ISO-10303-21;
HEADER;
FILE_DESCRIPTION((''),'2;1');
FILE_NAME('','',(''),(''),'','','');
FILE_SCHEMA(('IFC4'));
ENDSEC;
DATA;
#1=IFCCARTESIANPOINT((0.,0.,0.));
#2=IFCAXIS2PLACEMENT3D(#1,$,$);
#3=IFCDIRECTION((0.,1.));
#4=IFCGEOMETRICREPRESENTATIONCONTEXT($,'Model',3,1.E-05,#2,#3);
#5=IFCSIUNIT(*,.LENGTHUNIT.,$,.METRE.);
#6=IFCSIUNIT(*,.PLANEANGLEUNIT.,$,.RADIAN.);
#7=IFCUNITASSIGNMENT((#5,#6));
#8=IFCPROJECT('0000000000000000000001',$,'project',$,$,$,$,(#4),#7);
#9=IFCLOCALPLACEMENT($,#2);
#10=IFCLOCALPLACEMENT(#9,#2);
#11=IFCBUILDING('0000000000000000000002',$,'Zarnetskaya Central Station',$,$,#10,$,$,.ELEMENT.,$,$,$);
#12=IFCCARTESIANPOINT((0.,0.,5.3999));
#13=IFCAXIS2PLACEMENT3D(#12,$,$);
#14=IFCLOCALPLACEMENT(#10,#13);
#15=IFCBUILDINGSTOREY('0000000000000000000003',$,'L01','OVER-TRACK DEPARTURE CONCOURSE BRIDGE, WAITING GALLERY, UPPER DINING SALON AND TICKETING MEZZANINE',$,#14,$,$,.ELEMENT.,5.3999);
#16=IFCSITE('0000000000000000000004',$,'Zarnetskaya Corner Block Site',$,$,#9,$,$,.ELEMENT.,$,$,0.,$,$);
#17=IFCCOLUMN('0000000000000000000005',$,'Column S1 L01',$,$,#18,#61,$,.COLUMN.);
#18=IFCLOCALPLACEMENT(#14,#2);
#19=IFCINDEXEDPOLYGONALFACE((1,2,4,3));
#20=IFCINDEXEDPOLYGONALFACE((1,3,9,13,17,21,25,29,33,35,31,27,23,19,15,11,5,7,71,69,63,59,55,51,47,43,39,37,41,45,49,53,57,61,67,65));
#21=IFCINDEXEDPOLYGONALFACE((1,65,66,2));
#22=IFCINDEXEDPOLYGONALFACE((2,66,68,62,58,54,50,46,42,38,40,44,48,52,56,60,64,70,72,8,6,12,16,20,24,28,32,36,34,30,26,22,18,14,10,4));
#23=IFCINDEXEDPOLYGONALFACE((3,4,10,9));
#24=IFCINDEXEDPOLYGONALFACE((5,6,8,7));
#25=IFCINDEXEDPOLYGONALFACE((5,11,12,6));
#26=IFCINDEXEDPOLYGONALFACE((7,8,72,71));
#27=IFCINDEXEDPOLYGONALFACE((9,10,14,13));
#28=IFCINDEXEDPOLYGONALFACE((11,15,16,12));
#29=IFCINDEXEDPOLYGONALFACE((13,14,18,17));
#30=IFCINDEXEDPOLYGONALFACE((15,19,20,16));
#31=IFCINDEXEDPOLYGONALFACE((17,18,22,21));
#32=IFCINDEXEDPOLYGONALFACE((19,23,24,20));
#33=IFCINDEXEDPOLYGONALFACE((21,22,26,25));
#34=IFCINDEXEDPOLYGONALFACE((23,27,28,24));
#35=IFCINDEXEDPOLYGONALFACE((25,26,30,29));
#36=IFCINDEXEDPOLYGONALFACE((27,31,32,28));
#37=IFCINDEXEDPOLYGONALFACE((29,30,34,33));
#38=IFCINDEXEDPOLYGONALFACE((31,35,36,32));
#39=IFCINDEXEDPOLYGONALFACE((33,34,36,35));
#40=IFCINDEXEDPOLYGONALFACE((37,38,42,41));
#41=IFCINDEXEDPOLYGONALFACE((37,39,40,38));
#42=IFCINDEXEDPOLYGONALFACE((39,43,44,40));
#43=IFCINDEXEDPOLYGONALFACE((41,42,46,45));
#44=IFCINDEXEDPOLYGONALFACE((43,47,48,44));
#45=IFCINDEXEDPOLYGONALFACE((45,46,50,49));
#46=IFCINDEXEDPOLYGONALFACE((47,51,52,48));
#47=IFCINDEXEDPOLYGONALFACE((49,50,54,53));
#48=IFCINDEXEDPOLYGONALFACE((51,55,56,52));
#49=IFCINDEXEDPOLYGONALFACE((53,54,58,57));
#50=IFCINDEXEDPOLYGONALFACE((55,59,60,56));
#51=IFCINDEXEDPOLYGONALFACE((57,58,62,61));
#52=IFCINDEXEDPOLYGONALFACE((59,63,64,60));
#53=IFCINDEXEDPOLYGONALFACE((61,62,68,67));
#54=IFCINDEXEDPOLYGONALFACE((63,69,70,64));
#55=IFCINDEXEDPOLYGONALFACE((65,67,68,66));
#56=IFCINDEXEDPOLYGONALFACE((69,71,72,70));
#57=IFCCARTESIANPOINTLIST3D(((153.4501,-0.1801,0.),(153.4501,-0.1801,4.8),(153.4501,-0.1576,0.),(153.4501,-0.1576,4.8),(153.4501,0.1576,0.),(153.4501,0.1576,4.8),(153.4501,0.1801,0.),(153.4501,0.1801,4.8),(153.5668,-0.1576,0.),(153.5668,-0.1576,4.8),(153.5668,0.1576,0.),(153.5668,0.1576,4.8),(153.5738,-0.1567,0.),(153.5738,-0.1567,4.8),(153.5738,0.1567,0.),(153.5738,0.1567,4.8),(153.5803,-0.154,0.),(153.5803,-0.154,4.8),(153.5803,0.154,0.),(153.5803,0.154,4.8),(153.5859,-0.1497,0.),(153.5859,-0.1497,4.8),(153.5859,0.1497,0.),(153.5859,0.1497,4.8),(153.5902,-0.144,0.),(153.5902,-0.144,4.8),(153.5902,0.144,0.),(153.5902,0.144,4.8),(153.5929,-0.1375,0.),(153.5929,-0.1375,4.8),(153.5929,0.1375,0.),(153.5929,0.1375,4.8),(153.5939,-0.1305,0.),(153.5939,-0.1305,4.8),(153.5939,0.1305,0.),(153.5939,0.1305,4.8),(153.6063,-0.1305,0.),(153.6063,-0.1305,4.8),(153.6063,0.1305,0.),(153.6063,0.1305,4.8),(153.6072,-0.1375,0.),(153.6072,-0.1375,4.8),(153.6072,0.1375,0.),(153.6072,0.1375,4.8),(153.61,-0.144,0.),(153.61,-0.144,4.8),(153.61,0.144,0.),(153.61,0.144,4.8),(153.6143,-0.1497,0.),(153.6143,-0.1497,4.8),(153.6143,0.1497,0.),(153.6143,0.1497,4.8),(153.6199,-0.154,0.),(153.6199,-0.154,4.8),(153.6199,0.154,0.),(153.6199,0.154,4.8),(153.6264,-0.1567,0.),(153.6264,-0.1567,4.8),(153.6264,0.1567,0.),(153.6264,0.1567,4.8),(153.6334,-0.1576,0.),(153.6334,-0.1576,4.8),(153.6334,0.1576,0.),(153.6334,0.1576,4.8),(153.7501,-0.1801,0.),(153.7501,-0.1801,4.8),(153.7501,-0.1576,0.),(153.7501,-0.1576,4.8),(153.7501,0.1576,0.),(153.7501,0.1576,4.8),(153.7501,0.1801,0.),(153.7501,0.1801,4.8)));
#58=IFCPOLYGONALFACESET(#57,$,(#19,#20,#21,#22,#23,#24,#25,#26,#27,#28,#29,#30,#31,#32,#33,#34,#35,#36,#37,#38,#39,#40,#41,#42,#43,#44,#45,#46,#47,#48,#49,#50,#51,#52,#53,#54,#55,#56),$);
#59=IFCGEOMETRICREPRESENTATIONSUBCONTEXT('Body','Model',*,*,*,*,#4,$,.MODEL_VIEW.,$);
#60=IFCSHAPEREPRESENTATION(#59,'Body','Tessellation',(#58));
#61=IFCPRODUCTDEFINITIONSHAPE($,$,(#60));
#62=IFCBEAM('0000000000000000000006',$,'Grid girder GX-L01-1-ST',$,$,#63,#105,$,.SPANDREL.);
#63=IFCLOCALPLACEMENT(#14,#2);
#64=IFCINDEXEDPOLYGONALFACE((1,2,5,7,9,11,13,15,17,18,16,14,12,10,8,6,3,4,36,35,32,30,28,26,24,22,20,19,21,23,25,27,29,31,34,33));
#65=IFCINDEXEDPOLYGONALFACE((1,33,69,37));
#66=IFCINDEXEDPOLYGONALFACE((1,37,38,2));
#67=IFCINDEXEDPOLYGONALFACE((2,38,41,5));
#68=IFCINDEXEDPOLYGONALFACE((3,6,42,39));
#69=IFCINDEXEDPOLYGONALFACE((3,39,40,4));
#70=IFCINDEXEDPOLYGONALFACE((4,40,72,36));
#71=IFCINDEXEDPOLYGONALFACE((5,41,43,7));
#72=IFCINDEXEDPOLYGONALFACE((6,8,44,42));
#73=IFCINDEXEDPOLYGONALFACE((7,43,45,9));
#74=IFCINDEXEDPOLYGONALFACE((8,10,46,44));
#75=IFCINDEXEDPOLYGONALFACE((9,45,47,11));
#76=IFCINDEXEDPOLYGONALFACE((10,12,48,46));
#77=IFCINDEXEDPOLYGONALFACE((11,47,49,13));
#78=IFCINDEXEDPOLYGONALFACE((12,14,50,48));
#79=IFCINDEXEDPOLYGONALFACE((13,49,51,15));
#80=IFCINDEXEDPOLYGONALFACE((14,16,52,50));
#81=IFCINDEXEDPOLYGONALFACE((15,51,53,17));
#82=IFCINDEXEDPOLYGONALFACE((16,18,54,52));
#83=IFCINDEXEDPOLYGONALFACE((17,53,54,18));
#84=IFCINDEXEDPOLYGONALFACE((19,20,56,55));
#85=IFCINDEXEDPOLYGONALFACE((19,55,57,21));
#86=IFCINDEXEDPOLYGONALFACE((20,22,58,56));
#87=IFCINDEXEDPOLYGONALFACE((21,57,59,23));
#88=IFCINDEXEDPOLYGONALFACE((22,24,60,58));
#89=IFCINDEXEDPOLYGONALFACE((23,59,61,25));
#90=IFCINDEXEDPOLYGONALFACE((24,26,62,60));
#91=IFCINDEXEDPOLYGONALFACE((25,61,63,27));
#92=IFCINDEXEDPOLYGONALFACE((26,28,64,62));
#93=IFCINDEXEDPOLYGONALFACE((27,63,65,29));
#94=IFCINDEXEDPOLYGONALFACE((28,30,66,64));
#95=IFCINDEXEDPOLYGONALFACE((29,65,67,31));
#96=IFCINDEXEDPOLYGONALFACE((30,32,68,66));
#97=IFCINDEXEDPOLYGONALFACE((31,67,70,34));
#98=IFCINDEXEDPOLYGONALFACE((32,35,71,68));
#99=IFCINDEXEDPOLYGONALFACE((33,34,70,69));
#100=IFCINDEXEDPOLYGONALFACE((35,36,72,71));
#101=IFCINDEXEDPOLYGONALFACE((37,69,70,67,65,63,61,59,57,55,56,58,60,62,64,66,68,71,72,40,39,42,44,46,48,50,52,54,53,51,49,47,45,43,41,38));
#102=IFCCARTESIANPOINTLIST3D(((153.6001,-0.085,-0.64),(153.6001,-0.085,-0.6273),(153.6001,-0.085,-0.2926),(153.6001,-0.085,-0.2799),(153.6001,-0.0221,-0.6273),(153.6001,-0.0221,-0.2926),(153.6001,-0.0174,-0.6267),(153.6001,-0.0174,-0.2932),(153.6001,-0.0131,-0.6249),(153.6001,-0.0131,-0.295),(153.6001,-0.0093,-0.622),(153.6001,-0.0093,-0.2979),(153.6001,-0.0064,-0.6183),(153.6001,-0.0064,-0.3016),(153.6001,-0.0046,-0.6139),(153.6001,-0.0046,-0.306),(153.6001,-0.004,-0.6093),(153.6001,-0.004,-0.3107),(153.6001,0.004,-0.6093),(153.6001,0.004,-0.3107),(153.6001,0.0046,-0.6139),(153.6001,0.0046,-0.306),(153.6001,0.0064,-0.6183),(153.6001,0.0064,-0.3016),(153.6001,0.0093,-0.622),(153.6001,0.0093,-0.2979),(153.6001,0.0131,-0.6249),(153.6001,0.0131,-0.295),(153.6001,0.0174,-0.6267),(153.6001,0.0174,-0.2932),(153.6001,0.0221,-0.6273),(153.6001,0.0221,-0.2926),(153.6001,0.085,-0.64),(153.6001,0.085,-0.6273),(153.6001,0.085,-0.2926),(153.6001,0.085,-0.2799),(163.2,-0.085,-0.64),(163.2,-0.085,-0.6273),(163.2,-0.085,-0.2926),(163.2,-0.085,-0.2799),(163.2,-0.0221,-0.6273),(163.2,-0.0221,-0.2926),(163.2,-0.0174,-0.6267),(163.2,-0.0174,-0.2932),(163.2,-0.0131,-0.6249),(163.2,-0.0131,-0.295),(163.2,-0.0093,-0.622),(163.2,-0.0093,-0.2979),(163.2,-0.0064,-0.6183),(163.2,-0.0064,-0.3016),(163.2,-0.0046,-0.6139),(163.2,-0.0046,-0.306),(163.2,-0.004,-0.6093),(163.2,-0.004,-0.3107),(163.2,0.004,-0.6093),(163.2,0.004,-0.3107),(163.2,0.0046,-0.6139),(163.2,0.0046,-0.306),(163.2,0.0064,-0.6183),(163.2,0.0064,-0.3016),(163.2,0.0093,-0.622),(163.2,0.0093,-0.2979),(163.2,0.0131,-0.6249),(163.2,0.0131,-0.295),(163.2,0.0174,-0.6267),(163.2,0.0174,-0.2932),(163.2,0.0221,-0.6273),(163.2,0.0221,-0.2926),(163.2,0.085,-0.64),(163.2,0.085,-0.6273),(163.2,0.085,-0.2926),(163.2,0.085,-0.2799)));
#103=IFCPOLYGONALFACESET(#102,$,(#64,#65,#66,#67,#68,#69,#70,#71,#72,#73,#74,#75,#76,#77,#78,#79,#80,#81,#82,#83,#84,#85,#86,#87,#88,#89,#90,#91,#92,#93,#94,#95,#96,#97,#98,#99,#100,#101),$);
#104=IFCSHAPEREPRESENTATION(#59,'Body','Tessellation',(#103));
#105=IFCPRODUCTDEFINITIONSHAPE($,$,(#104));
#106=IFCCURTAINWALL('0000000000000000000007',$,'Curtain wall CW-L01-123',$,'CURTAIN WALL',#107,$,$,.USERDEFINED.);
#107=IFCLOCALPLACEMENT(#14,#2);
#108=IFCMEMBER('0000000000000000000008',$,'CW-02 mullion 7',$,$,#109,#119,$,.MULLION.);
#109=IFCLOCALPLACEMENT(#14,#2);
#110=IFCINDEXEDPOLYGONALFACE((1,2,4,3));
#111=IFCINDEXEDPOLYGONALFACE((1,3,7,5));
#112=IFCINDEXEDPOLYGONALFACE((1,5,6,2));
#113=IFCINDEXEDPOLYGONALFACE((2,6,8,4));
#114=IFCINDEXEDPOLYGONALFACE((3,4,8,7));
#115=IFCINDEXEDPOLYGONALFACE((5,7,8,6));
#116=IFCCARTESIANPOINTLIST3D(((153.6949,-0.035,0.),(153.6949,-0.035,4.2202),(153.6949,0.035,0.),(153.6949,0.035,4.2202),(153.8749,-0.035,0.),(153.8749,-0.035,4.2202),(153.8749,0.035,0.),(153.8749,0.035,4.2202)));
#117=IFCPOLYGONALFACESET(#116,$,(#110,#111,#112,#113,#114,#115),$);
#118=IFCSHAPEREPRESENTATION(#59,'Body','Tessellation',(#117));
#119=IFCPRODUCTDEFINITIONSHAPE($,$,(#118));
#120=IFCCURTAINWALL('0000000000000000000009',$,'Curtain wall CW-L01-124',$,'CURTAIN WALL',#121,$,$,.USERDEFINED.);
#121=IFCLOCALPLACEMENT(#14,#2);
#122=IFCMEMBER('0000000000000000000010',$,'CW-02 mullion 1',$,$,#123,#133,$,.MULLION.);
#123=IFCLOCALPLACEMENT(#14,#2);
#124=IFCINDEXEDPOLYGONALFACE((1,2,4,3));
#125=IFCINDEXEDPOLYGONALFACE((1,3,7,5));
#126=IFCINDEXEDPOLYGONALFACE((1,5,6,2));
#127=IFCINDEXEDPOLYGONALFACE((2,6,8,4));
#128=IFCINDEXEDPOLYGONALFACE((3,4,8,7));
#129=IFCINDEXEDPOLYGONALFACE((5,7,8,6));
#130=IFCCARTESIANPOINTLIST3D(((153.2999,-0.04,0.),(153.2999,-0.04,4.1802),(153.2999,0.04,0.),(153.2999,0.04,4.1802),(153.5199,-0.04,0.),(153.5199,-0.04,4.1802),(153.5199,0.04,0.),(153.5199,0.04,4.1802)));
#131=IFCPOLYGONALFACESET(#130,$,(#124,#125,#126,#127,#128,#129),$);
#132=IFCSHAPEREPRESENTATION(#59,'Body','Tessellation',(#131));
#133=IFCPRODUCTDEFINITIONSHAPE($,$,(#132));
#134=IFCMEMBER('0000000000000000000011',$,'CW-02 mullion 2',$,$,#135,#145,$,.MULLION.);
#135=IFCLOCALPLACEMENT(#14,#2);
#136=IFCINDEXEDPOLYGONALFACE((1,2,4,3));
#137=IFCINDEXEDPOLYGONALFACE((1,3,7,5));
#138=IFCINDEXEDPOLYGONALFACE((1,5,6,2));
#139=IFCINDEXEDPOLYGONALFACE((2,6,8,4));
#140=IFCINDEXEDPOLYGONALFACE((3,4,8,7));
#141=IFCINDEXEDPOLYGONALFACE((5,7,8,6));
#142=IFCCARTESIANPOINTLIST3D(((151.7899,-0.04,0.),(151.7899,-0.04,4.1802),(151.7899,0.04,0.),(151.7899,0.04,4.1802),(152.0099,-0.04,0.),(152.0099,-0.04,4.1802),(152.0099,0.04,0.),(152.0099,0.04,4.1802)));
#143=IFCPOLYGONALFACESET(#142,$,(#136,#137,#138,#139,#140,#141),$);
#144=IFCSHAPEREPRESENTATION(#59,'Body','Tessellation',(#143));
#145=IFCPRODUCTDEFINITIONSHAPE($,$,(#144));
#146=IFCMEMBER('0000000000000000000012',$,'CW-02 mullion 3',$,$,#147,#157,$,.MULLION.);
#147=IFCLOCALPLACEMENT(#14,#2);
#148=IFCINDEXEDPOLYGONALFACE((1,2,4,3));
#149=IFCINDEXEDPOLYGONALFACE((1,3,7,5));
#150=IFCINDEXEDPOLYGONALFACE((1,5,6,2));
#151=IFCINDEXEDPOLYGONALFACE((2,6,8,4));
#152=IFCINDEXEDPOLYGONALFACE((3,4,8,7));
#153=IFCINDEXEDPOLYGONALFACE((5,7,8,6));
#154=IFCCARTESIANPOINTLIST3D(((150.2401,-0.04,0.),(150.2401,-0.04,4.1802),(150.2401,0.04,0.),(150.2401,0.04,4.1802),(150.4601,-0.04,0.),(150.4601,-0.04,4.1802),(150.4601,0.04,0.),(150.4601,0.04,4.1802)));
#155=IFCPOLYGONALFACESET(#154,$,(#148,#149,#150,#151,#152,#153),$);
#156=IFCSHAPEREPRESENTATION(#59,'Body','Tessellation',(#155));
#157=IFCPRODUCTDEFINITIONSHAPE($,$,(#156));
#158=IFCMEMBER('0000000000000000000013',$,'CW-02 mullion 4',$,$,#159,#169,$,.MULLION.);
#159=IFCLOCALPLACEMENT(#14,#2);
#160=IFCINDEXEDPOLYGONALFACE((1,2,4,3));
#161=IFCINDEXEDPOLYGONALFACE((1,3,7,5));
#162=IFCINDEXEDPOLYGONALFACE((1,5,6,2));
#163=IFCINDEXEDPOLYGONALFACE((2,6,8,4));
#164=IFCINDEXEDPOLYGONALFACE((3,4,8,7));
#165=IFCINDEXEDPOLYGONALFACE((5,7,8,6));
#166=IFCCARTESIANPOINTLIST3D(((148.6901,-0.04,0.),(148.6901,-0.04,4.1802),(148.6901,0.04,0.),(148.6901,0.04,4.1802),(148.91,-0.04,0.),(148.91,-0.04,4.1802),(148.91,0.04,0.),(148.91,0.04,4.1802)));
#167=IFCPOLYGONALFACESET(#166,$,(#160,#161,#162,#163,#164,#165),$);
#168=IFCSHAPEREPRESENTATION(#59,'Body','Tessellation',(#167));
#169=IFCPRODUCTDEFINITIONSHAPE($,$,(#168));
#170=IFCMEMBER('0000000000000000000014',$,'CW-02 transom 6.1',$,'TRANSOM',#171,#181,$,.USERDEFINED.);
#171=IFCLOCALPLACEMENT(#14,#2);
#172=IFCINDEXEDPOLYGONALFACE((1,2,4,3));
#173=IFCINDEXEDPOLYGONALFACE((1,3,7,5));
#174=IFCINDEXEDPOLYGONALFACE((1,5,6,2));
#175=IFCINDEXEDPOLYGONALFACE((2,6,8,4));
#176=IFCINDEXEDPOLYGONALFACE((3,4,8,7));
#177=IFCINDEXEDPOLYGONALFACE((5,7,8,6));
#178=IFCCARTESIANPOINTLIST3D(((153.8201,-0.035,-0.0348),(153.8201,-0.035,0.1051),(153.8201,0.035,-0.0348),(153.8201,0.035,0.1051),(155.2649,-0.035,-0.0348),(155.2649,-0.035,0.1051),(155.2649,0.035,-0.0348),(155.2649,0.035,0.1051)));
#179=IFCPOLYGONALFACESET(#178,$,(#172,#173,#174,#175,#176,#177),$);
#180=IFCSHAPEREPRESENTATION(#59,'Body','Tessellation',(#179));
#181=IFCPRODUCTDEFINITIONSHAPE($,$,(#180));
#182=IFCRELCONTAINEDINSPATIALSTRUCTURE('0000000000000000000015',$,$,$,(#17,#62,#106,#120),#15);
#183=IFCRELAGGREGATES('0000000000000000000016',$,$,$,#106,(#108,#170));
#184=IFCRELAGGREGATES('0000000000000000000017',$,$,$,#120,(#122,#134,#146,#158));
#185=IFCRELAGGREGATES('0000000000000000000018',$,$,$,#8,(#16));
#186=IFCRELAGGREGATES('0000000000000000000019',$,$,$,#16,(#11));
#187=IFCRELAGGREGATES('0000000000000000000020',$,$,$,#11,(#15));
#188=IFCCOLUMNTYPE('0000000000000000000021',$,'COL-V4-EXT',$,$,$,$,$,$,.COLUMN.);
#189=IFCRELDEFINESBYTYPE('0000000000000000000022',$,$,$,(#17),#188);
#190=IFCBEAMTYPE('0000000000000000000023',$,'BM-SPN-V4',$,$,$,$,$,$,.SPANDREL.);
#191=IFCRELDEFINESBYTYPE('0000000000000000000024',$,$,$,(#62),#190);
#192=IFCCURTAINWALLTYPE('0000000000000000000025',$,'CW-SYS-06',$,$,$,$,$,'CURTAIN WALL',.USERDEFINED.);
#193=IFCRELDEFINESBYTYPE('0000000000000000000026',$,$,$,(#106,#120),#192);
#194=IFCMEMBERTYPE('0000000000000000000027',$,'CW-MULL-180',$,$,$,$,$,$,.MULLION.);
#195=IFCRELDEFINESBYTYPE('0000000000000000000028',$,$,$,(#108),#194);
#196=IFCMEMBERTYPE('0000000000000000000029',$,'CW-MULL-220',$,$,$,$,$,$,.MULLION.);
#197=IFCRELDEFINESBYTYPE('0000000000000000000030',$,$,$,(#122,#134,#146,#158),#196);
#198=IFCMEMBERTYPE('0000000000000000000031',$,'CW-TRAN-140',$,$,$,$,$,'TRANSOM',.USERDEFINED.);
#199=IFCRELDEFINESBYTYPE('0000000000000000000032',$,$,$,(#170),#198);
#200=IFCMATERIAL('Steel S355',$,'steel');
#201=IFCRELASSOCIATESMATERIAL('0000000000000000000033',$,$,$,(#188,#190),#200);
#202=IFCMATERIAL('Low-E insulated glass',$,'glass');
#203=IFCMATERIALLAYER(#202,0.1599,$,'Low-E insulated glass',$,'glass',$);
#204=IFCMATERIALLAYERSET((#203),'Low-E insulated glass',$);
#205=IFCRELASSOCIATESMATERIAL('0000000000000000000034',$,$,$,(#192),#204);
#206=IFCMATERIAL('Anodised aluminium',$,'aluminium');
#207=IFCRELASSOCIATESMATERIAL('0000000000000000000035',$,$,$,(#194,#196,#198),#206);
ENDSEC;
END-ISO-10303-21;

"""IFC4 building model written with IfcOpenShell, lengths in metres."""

from ifc_helpers import new_model, si_unit, direction, frame, origin, origin_2d, place, context, subcontext, project, spatial, rectangle, i_section, extrude, material, layer, layer_set, material_profile, profile_set, type_object, element, aggregate, save


model = new_model("IFC4")

# Units and contexts
model_context = context("Model", 3, precision=1e-05, world=origin(), true_north=direction((0.0, 1.0)))
body_context = subcontext(model_context, "Body", "Model", "MODEL_VIEW")
ifc_project = project(units=[si_unit("LENGTHUNIT", "METRE"), si_unit("PLANEANGLEUNIT", "RADIAN")], contexts=[model_context])

# Site, building, storey
site_placement = place(None, origin())
site = spatial("IfcSite", under=ifc_project, at=site_placement, Name="Zarnetskaya Corner Block Site", CompositionType="ELEMENT", RefElevation=0.0)
building_placement = place(site_placement, origin())
building = spatial("IfcBuilding", under=site, at=building_placement, Name="Zarnetskaya Central Station", CompositionType="ELEMENT")
storey_placement = place(building_placement, frame((0.0, 0.0, 5.3999)))
storey = spatial("IfcBuildingStorey", under=building, at=storey_placement, Name="L01", Description="OVER-TRACK DEPARTURE CONCOURSE BRIDGE, WAITING GALLERY, UPPER DINING SALON AND TICKETING MEZZANINE", CompositionType="ELEMENT", Elevation=5.3999)

# Column
ifc_material_1 = material(Name="Steel S355", Category="steel")
ifc_material_profile_1 = material_profile(ifc_material_1, i_section(OverallWidth=0.3, OverallDepth=0.3601, WebThickness=0.0125, FlangeThickness=0.0225, FilletRadius=0.0271, at=origin_2d()), Name="HEB 360")
ifc_profile_set_1 = profile_set([ifc_material_profile_1], Name="Steel S355")
column_type = type_object("IfcColumnType", Name="COL-V4-EXT", PredefinedType="COLUMN", material=ifc_profile_set_1)
column_placement = place(storey_placement, frame((153.6001, 0.0, 0.0), z_axis=(0.0, 0.0, 1.0), x_axis=(1.0, 0.0, 0.0)))
element("IfcColumn", 1, at=column_placement, inside=storey, type_object=column_type, Name="Column S1 L01", PredefinedType="COLUMN", context=body_context, shape_type="SweptSolid", body=[
    extrude(i_section(OverallWidth=0.3, OverallDepth=0.3601, WebThickness=0.0125, FlangeThickness=0.0225, FilletRadius=0.0271, at=origin_2d()), origin(), (0.0, 0.0, 1.0), 4.8),
])

# Beam
ifc_material_profile_2 = material_profile(ifc_material_1, i_section(OverallWidth=0.1699, OverallDepth=0.3601, WebThickness=0.0081, FlangeThickness=0.0127, FilletRadius=0.0181, at=origin_2d()), Name="IPE 360")
ifc_profile_set_2 = profile_set([ifc_material_profile_2], Name="Steel S355")
beam_type_1 = type_object("IfcBeamType", Name="BM-SPN-V4", PredefinedType="SPANDREL", material=ifc_profile_set_2)
beam_1_placement = place(storey_placement, frame((153.6001, 0.0, -0.46), z_axis=(1.0, 0.0, 0.0), x_axis=(0.0, 1.0, 0.0)))
element("IfcBeam", 2, at=beam_1_placement, inside=storey, type_object=beam_type_1, Name="Grid girder GX-L01-1-ST", PredefinedType="SPANDREL", context=body_context, shape_type="SweptSolid", body=[
    extrude(i_section(OverallWidth=0.1699, OverallDepth=0.3601, WebThickness=0.0081, FlangeThickness=0.0127, FilletRadius=0.0181, at=origin_2d()), origin(), (0.0, 0.0, 1.0), 9.5999),
])

# Curtain wall, member
ifc_material_2 = material(Name="Low-E insulated glass", Category="glass")
ifc_layer_1 = layer(ifc_material_2, 0.1599, Name="Low-E insulated glass", Category="glass")
ifc_layer_set_1 = layer_set([ifc_layer_1], Name="Low-E insulated glass")
curtain_wall_type = type_object("IfcCurtainWallType", Name="CW-SYS-06", ElementType="CURTAIN WALL", PredefinedType="USERDEFINED", material=ifc_layer_set_1)
curtain_wall_1_placement = place(storey_placement, origin())
curtain_wall_1 = element("IfcCurtainWall", 3, at=curtain_wall_1_placement, inside=storey, type_object=curtain_wall_type, Name="Curtain wall CW-L01-123", ObjectType="CURTAIN WALL", PredefinedType="USERDEFINED")
ifc_material_3 = material(Name="Anodised aluminium", Category="aluminium")
ifc_material_profile_3 = material_profile(ifc_material_3, rectangle(XDim=0.0701, YDim=0.1799, at=origin_2d()), Name="ALU MULL 70x180")
ifc_profile_set_3 = profile_set([ifc_material_profile_3], Name="Anodised aluminium")
member_type_1 = type_object("IfcMemberType", Name="CW-MULL-180", PredefinedType="MULLION", material=ifc_profile_set_3)
member_1_placement = place(storey_placement, frame((153.7849, 0.0, 0.0), z_axis=(0.0, 0.0, 1.0), x_axis=(0.0, -1.0, 0.0)))
member_1 = element("IfcMember", 4, at=member_1_placement, type_object=member_type_1, Name="CW-02 mullion 7", PredefinedType="MULLION", context=body_context, shape_type="SweptSolid", body=[
    extrude(rectangle(XDim=0.0701, YDim=0.1799, at=origin_2d()), origin(), (0.0, 0.0, 1.0), 4.2202),
])

# Curtain wall, members
curtain_wall_2_placement = place(storey_placement, origin())
curtain_wall_2 = element("IfcCurtainWall", 5, at=curtain_wall_2_placement, inside=storey, type_object=curtain_wall_type, Name="Curtain wall CW-L01-124", ObjectType="CURTAIN WALL", PredefinedType="USERDEFINED")
ifc_material_profile_4 = material_profile(ifc_material_3, rectangle(XDim=0.0801, YDim=0.22, at=origin_2d()), Name="ALU MULL 80x220")
ifc_profile_set_4 = profile_set([ifc_material_profile_4], Name="Anodised aluminium")
member_type_2 = type_object("IfcMemberType", Name="CW-MULL-220", PredefinedType="MULLION", material=ifc_profile_set_4)
member_2_placement = place(storey_placement, frame((153.4099, 0.0, 0.0), z_axis=(0.0, 0.0, 1.0), x_axis=(0.0, -1.0, 0.0)))
member_2 = element("IfcMember", 6, at=member_2_placement, type_object=member_type_2, Name="CW-02 mullion 1", PredefinedType="MULLION", context=body_context, shape_type="SweptSolid", body=[
    extrude(rectangle(XDim=0.0801, YDim=0.22, at=origin_2d()), origin(), (0.0, 0.0, 1.0), 4.1802),
])
member_3_placement = place(storey_placement, frame((151.8999, 0.0, 0.0), z_axis=(0.0, 0.0, 1.0), x_axis=(0.0, -1.0, 0.0)))
member_3 = element("IfcMember", 7, at=member_3_placement, type_object=member_type_2, Name="CW-02 mullion 2", PredefinedType="MULLION", context=body_context, shape_type="SweptSolid", body=[
    extrude(rectangle(XDim=0.0801, YDim=0.22, at=origin_2d()), origin(), (0.0, 0.0, 1.0), 4.1802),
])
member_4_placement = place(storey_placement, frame((150.3501, 0.0, 0.0), z_axis=(0.0, 0.0, 1.0), x_axis=(0.0, -1.0, 0.0)))
member_4 = element("IfcMember", 8, at=member_4_placement, type_object=member_type_2, Name="CW-02 mullion 3", PredefinedType="MULLION", context=body_context, shape_type="SweptSolid", body=[
    extrude(rectangle(XDim=0.0801, YDim=0.22, at=origin_2d()), origin(), (0.0, 0.0, 1.0), 4.1802),
])
member_5_placement = place(storey_placement, frame((148.8, 0.0, 0.0), z_axis=(0.0, 0.0, 1.0), x_axis=(0.0, -1.0, 0.0)))
member_5 = element("IfcMember", 9, at=member_5_placement, type_object=member_type_2, Name="CW-02 mullion 4", PredefinedType="MULLION", context=body_context, shape_type="SweptSolid", body=[
    extrude(rectangle(XDim=0.0801, YDim=0.22, at=origin_2d()), origin(), (0.0, 0.0, 1.0), 4.1802),
])

# Member
ifc_material_profile_5 = material_profile(ifc_material_3, rectangle(XDim=0.0701, YDim=0.1399, at=origin_2d()), Name="ALU TRAN 70x140")
ifc_profile_set_5 = profile_set([ifc_material_profile_5], Name="Anodised aluminium")
member_type_3 = type_object("IfcMemberType", Name="CW-TRAN-140", ElementType="TRANSOM", PredefinedType="USERDEFINED", material=ifc_profile_set_5)
member_6_placement = place(storey_placement, frame((155.2649, 0.0, 0.0352), z_axis=(-1.0, 0.0, 0.0), x_axis=(0.0, -1.0, 0.0)))
member_6 = element("IfcMember", 10, at=member_6_placement, type_object=member_type_3, Name="CW-02 transom 6.1", ObjectType="TRANSOM", PredefinedType="USERDEFINED", context=body_context, shape_type="SweptSolid", body=[
    extrude(rectangle(XDim=0.0701, YDim=0.1399, at=origin_2d()), origin(), (0.0, 0.0, 1.0), 1.4448),
])

aggregate(curtain_wall_1, [member_1, member_6])
aggregate(curtain_wall_2, [member_2, member_3, member_4, member_5])

save(model, "model.ifc")
